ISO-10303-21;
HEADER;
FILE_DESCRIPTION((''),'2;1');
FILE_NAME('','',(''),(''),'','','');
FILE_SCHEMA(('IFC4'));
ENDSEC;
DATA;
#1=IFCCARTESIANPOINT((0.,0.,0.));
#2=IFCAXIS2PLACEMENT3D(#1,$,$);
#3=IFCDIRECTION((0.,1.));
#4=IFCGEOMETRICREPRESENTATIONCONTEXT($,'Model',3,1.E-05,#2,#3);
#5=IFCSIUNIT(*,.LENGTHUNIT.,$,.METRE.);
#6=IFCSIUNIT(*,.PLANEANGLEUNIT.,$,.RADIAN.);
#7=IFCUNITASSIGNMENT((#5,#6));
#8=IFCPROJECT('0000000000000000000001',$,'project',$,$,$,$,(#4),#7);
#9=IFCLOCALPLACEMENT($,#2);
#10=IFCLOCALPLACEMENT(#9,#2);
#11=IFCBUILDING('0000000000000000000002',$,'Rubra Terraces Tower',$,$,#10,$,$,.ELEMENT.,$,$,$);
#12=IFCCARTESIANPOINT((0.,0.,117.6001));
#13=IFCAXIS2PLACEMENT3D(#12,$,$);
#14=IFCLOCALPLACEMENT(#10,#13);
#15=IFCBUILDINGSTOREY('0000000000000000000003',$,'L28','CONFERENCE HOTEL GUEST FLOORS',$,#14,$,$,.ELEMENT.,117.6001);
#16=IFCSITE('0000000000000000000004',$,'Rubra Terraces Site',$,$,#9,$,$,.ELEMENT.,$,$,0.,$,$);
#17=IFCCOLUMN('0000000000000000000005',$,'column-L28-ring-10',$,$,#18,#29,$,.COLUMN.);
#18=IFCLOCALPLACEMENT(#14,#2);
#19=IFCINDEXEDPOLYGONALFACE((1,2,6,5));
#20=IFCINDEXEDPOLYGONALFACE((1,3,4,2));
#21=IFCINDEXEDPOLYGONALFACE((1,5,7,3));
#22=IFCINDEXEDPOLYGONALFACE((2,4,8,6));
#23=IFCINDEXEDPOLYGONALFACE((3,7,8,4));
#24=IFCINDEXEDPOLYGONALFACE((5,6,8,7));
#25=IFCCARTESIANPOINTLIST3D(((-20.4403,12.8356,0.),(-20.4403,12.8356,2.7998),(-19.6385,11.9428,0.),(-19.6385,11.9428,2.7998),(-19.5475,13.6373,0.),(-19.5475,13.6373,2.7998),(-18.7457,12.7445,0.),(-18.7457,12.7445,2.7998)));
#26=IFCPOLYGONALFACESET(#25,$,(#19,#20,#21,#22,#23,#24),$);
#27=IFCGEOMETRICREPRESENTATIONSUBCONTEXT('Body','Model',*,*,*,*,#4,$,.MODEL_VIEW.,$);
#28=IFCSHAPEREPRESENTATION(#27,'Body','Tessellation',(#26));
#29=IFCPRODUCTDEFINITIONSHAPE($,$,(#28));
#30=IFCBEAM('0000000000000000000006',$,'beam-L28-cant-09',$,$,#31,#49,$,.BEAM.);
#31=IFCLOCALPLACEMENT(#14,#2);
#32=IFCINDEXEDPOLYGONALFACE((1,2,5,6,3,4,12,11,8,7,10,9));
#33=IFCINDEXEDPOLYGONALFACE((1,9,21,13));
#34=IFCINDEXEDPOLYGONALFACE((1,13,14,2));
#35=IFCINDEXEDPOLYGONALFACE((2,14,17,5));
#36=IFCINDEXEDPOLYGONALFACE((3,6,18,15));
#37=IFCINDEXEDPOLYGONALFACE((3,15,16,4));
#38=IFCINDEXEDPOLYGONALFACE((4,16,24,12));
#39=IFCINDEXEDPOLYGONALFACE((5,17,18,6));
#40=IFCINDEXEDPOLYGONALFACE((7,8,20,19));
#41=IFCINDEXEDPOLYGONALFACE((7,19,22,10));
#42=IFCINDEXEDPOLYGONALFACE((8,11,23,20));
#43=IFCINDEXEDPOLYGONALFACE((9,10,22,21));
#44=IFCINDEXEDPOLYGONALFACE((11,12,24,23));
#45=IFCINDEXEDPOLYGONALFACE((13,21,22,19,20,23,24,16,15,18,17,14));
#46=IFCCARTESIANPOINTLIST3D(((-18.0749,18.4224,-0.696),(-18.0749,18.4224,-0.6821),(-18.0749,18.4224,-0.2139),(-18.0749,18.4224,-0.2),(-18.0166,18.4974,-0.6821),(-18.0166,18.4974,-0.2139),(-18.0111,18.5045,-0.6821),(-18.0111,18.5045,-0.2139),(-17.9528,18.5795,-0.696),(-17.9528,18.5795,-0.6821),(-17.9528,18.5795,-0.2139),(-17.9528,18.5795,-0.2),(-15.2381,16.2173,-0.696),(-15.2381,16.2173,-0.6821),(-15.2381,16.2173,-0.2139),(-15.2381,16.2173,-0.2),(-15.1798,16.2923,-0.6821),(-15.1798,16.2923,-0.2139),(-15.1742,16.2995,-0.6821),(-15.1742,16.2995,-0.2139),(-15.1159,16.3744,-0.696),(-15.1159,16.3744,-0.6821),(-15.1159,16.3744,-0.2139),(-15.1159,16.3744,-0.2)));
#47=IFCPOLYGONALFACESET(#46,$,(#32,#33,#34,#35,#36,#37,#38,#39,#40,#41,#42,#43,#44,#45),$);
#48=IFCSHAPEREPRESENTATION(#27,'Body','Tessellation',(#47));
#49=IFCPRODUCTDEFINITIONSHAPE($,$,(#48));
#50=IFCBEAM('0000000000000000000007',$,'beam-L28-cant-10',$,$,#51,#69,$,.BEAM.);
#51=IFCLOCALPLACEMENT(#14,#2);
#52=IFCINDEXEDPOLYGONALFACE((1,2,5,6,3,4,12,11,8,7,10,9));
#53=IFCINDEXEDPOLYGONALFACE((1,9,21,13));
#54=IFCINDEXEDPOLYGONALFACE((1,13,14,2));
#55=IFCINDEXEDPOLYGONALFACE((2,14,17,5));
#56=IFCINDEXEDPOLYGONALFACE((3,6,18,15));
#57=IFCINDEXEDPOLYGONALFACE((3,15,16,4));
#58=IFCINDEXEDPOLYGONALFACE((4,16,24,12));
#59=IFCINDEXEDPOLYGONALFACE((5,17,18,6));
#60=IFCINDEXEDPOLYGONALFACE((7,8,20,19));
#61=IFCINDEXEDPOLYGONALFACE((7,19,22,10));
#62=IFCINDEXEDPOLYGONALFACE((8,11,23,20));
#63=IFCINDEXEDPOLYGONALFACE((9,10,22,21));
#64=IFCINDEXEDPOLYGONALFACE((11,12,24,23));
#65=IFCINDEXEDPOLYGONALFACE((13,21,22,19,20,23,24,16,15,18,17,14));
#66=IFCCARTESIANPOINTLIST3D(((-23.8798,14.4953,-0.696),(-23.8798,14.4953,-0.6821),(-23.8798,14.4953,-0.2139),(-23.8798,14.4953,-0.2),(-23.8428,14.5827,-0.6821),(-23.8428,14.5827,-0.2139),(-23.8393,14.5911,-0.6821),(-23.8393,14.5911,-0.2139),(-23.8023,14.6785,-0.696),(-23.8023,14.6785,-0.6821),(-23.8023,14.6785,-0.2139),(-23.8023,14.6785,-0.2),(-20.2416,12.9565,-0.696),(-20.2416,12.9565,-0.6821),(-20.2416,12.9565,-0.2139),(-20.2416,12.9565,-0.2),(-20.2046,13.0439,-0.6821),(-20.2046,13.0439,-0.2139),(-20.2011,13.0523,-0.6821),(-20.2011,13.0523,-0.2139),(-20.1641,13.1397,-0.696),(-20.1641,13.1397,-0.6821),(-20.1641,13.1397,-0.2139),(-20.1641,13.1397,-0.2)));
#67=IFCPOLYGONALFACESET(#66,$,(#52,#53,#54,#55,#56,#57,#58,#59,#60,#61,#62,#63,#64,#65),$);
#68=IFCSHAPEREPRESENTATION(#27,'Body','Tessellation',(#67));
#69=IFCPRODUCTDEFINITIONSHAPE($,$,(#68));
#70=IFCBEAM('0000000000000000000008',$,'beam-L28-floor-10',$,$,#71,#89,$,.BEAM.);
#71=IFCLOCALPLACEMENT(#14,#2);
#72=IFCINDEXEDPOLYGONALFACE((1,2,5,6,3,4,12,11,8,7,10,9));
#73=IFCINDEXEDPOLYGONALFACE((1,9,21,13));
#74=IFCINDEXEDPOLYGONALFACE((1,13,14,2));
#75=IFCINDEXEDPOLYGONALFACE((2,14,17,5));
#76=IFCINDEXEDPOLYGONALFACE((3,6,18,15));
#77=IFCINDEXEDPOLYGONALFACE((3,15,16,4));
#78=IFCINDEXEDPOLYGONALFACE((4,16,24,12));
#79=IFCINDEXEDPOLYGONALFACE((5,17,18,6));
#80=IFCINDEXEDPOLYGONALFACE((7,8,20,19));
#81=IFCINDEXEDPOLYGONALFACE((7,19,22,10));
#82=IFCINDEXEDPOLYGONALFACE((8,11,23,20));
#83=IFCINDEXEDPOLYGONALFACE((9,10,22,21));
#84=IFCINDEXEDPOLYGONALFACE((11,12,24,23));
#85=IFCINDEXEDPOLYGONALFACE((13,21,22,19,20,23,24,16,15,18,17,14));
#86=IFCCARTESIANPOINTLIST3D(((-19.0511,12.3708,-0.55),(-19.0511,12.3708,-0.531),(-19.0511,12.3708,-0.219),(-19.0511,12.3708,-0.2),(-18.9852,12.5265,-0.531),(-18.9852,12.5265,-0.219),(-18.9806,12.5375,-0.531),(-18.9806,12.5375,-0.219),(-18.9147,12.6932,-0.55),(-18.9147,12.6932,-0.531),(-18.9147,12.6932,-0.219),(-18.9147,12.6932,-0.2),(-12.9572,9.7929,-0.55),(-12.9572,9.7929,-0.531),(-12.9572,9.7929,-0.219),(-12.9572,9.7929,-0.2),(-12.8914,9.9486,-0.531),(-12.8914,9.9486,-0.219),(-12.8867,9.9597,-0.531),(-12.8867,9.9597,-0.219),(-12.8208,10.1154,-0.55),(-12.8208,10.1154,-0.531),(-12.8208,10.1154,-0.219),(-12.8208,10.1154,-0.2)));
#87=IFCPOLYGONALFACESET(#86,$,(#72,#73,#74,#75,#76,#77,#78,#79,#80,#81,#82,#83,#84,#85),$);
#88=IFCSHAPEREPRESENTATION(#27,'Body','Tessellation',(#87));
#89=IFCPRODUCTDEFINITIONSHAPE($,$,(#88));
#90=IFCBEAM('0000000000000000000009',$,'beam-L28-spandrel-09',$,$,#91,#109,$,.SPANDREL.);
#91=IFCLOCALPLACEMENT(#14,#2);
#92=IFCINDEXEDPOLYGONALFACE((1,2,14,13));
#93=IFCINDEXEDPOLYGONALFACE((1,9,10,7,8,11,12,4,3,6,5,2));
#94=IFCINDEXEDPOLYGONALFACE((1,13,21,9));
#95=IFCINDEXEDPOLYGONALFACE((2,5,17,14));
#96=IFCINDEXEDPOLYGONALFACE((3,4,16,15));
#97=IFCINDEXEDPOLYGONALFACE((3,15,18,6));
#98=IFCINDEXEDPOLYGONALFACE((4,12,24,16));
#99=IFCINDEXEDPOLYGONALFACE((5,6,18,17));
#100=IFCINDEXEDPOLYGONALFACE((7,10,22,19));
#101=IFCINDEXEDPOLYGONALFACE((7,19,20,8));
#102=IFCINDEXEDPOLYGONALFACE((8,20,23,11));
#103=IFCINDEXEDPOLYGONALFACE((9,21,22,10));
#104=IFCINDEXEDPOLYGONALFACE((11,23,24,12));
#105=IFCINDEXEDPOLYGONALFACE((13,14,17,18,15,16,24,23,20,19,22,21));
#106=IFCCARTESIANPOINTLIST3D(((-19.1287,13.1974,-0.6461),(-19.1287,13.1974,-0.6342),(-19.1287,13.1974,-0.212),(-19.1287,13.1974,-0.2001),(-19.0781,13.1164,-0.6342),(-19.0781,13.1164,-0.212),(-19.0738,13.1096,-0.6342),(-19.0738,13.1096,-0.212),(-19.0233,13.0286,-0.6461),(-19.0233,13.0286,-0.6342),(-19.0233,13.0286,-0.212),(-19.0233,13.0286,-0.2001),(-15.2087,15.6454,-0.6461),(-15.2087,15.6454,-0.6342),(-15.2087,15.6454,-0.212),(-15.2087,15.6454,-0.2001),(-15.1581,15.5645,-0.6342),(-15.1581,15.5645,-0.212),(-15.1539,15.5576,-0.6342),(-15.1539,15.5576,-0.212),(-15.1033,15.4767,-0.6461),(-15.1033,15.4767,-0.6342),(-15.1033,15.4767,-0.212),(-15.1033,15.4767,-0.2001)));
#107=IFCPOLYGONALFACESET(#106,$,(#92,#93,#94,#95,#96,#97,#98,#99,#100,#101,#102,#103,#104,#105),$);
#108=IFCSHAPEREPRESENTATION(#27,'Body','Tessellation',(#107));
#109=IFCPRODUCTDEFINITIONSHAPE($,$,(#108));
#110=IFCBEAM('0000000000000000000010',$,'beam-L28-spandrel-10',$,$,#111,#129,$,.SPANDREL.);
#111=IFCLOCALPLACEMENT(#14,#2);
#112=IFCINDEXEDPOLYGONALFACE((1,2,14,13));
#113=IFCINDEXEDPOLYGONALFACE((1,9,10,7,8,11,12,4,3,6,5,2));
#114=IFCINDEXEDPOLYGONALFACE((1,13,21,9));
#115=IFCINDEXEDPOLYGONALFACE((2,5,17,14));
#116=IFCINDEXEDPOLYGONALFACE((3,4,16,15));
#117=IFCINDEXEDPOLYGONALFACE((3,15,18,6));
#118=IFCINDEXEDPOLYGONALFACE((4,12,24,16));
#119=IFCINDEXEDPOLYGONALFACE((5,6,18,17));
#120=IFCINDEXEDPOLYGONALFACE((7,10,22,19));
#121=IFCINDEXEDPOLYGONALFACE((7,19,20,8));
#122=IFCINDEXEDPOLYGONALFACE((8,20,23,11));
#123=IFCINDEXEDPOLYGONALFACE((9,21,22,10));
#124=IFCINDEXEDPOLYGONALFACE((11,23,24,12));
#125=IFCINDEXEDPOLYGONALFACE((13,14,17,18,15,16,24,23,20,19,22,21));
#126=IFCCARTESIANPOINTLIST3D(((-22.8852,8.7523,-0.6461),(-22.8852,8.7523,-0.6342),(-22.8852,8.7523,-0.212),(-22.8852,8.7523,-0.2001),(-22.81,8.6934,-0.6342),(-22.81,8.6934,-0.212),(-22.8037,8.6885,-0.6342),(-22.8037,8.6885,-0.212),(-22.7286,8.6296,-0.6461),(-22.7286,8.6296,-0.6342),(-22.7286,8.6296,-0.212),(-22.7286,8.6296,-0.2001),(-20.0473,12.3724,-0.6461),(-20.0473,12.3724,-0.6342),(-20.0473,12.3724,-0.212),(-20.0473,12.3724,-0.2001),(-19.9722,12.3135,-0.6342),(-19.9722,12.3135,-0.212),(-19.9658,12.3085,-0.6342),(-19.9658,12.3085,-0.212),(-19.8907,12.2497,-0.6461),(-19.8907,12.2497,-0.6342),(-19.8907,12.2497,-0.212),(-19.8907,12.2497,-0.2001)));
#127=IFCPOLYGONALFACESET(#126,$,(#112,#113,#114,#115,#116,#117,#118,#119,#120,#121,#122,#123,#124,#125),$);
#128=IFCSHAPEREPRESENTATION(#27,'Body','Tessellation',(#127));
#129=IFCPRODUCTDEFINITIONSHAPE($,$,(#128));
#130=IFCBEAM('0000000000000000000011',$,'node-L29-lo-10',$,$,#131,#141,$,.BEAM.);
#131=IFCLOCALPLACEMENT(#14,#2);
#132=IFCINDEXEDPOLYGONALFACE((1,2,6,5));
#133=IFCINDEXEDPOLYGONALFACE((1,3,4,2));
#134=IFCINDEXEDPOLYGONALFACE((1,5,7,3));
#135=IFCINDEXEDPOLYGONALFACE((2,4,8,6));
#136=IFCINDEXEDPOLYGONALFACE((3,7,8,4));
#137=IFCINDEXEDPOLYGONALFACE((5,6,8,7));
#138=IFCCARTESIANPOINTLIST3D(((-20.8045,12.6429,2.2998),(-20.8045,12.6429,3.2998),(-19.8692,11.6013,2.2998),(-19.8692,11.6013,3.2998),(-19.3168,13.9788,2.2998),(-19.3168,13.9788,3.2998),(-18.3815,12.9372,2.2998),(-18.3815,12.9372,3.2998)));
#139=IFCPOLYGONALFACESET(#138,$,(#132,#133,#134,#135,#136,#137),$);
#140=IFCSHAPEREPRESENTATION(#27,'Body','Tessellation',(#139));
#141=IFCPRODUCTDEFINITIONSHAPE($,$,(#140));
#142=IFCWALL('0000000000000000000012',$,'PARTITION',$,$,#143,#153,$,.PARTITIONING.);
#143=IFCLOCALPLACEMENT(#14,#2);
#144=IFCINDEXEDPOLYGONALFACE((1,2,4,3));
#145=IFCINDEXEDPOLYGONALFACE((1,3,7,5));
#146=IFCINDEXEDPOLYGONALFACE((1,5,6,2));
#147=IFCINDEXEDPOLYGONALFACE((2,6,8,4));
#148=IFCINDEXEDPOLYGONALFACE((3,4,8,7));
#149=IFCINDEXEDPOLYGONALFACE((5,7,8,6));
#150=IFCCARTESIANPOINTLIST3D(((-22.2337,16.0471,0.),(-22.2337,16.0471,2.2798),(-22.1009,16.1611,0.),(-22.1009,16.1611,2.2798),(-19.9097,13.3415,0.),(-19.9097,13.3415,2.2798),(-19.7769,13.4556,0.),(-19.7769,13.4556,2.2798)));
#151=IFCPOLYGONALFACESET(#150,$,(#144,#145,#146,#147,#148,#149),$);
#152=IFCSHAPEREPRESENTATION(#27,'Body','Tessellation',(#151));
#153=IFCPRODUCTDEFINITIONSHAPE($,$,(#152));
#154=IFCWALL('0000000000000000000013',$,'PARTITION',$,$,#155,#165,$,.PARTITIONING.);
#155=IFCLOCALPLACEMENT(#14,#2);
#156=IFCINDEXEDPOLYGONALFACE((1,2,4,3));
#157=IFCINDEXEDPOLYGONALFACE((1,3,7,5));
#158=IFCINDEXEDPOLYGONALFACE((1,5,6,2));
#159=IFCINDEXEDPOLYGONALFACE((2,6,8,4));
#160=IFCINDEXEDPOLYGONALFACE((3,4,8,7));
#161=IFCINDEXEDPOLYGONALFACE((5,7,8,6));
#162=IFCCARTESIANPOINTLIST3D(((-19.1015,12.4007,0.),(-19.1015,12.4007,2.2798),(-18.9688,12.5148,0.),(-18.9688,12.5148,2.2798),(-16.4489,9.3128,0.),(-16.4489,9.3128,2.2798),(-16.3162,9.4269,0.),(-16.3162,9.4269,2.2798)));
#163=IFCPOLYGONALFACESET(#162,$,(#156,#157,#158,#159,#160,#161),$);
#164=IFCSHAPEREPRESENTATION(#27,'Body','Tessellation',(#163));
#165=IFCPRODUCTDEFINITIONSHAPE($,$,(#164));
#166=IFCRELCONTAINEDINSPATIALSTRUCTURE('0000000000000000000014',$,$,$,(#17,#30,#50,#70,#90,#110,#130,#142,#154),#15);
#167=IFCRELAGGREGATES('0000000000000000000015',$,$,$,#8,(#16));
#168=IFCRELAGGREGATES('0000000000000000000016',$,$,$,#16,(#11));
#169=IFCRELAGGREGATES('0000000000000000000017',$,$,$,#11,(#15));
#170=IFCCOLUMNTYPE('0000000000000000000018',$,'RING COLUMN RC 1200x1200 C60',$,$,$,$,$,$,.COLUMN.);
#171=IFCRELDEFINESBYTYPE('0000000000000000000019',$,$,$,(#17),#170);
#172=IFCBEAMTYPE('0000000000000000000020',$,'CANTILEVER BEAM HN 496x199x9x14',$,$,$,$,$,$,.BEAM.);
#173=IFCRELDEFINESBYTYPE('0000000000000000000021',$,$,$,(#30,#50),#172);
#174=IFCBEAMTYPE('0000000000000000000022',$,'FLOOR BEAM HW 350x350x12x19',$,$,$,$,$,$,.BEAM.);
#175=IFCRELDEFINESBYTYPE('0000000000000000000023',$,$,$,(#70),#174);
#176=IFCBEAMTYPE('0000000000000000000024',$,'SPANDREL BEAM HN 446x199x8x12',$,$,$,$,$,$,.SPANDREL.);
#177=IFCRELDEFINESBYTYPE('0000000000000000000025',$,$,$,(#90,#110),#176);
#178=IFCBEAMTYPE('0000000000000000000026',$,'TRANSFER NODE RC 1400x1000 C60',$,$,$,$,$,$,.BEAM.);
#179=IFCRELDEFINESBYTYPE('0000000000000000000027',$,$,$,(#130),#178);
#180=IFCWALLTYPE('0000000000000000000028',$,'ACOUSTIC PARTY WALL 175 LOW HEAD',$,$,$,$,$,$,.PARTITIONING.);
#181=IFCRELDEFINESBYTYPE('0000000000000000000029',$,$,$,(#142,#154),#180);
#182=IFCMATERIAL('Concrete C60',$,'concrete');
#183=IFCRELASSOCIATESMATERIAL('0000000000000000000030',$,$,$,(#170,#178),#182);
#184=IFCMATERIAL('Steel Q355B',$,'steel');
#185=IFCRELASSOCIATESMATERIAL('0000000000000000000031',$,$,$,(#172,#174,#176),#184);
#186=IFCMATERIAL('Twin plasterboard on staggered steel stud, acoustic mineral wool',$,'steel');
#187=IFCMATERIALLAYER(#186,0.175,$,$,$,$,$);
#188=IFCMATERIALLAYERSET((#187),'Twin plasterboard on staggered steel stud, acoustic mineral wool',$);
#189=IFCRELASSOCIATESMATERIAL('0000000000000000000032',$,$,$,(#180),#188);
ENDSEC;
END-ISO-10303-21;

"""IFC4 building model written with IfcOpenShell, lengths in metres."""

from ifc_helpers import new_model, si_unit, direction, frame, frame_2d, origin, origin_2d, place, context, subcontext, project, spatial, rectangle, i_section, extrude, material, layer, layer_set, material_profile, profile_set, type_object, element, save


model = new_model("IFC4")

# Units and contexts
model_context = context("Model", 3, precision=1e-05, world=origin(), true_north=direction((0.0, 1.0)))
body_context = subcontext(model_context, "Body", "Model", "MODEL_VIEW")
ifc_project = project(units=[si_unit("LENGTHUNIT", "METRE"), si_unit("PLANEANGLEUNIT", "RADIAN")], contexts=[model_context])

# Site, building, storey
site_placement = place(None, origin())
site = spatial("IfcSite", under=ifc_project, at=site_placement, Name="Rubra Terraces Site", CompositionType="ELEMENT", RefElevation=0.0)
building_placement = place(site_placement, origin())
building = spatial("IfcBuilding", under=site, at=building_placement, Name="Rubra Terraces Tower", CompositionType="ELEMENT")
storey_placement = place(building_placement, frame((0.0, 0.0, 117.6001)))
storey = spatial("IfcBuildingStorey", under=building, at=storey_placement, Name="L28", Description="CONFERENCE HOTEL GUEST FLOORS", CompositionType="ELEMENT", Elevation=117.6001)

# Column
ifc_material_1 = material(Name="Concrete C60", Category="concrete")
ifc_material_profile_1 = material_profile(ifc_material_1, rectangle(XDim=1.2, YDim=1.2, at=origin_2d()), Name="RC 1200x1200")
ifc_profile_set_1 = profile_set([ifc_material_profile_1], Name="Concrete C60")
column_type = type_object("IfcColumnType", Name="RING COLUMN RC 1200x1200 C60", PredefinedType="COLUMN", material=ifc_profile_set_1)
column_placement = place(storey_placement, frame((-19.593, 12.79, 0.0), z_axis=(0.0, 0.0, 1.0), x_axis=(-0.744021, -0.668156, 0.0)))
element("IfcColumn", 1, at=column_placement, inside=storey, type_object=column_type, Name="column-L28-ring-10", PredefinedType="COLUMN", context=body_context, shape_type="SweptSolid", body=[
    extrude(rectangle(XDim=1.2, YDim=1.2, at=origin_2d()), origin(), (0.0, 0.0, 1.0), 2.7998),
])

# Beams
ifc_material_2 = material(Name="Steel Q355B", Category="steel")
ifc_material_profile_2 = material_profile(ifc_material_2, i_section(OverallWidth=0.199, OverallDepth=0.4961, WebThickness=0.009, FlangeThickness=0.0139, at=origin_2d()), Name="HN 496x199x9x14")
ifc_profile_set_2 = profile_set([ifc_material_profile_2], Name="Steel Q355B")
beam_type_1 = type_object("IfcBeamType", Name="CANTILEVER BEAM HN 496x199x9x14", PredefinedType="BEAM", material=ifc_profile_set_2)
beam_1_placement = place(storey_placement, frame((-15.177, 16.2959, -0.448), z_axis=(-0.789542, 0.613696, 0.0), x_axis=(-0.613696, -0.789542, 0.0)))
element("IfcBeam", 2, at=beam_1_placement, inside=storey, type_object=beam_type_1, Name="beam-L28-cant-09", PredefinedType="BEAM", context=body_context, shape_type="SweptSolid", body=[
    extrude(i_section(OverallWidth=0.199, OverallDepth=0.4961, WebThickness=0.009, FlangeThickness=0.0139, at=origin_2d()), origin(), (0.0, 0.0, 1.0), 3.593),
])
beam_2_placement = place(storey_placement, frame((-20.2029, 13.0481, -0.448), z_axis=(-0.921005, 0.389551, 0.0), x_axis=(-0.389551, -0.921005, 0.0)))
element("IfcBeam", 3, at=beam_2_placement, inside=storey, type_object=beam_type_1, Name="beam-L28-cant-10", PredefinedType="BEAM", context=body_context, shape_type="SweptSolid", body=[
    extrude(i_section(OverallWidth=0.199, OverallDepth=0.4961, WebThickness=0.009, FlangeThickness=0.0139, at=origin_2d()), origin(), (0.0, 0.0, 1.0), 3.9502),
])
ifc_material_profile_3 = material_profile(ifc_material_2, i_section(OverallWidth=0.3501, OverallDepth=0.3501, WebThickness=0.012, FlangeThickness=0.019, at=origin_2d()), Name="HW 350x350x12x19")
ifc_profile_set_3 = profile_set([ifc_material_profile_3], Name="Steel Q355B")
beam_type_2 = type_object("IfcBeamType", Name="FLOOR BEAM HW 350x350x12x19", PredefinedType="BEAM", material=ifc_profile_set_3)
beam_3_placement = place(storey_placement, frame((-18.9829, 12.532, -0.375), z_axis=(0.920986, -0.389595, 0.0), x_axis=(0.389595, 0.920986, 0.0)))
element("IfcBeam", 4, at=beam_3_placement, inside=storey, type_object=beam_type_2, Name="beam-L28-floor-10", PredefinedType="BEAM", context=body_context, shape_type="SweptSolid", body=[
    extrude(i_section(OverallWidth=0.3501, OverallDepth=0.3501, WebThickness=0.012, FlangeThickness=0.019, at=origin_2d()), origin(), (0.0, 0.0, 1.0), 6.6167),
])
ifc_material_profile_4 = material_profile(ifc_material_2, i_section(OverallWidth=0.199, OverallDepth=0.446, WebThickness=0.0081, FlangeThickness=0.012, at=origin_2d()), Name="HN 446x199x8x12")
ifc_profile_set_4 = profile_set([ifc_material_profile_4], Name="Steel Q355B")
beam_type_3 = type_object("IfcBeamType", Name="SPANDREL BEAM HN 446x199x8x12", PredefinedType="SPANDREL", material=ifc_profile_set_4)
beam_4_placement = place(storey_placement, frame((-15.156, 15.561, -0.4231), z_axis=(-0.848188, -0.529695, 0.0), x_axis=(0.529695, -0.848188, 0.0)))
element("IfcBeam", 5, at=beam_4_placement, inside=storey, type_object=beam_type_3, Name="beam-L28-spandrel-09", PredefinedType="SPANDREL", context=body_context, shape_type="SweptSolid", body=[
    extrude(i_section(OverallWidth=0.199, OverallDepth=0.446, WebThickness=0.0081, FlangeThickness=0.012, at=origin_2d()), origin(), (0.0, 0.0, 1.0), 4.6216),
])
beam_5_placement = place(storey_placement, frame((-19.969, 12.311, -0.4231), z_axis=(-0.616949, -0.787003, 0.0), x_axis=(0.787003, -0.616949, 0.0)))
element("IfcBeam", 6, at=beam_5_placement, inside=storey, type_object=beam_type_3, Name="beam-L28-spandrel-10", PredefinedType="SPANDREL", context=body_context, shape_type="SweptSolid", body=[
    extrude(i_section(OverallWidth=0.199, OverallDepth=0.446, WebThickness=0.0081, FlangeThickness=0.012, at=origin_2d()), origin(), (0.0, 0.0, 1.0), 4.5999),
])
ifc_material_profile_5 = material_profile(ifc_material_1, rectangle(XDim=1.3999, YDim=1.0, at=origin_2d()), Name="RC 1400x1000")
ifc_profile_set_5 = profile_set([ifc_material_profile_5], Name="Concrete C60")
beam_type_4 = type_object("IfcBeamType", Name="TRANSFER NODE RC 1400x1000 C60", PredefinedType="BEAM", material=ifc_profile_set_5)
beam_6_placement = place(storey_placement, frame((-18.8491, 13.458, 2.7998), z_axis=(-0.744059, -0.668114, 0.0), x_axis=(0.668114, -0.744059, 0.0)))
element("IfcBeam", 7, at=beam_6_placement, inside=storey, type_object=beam_type_4, Name="node-L29-lo-10", PredefinedType="BEAM", context=body_context, shape_type="SweptSolid", body=[
    extrude(rectangle(XDim=1.3999, YDim=1.0, at=origin_2d()), origin(), (0.0, 0.0, 1.0), 1.9995),
])

# Walls
ifc_material_3 = material(Name="Twin plasterboard on staggered steel stud, acoustic mineral wool", Category="steel")
ifc_layer_1 = layer(ifc_material_3, 0.175)
ifc_layer_set_1 = layer_set([ifc_layer_1], Name="Twin plasterboard on staggered steel stud, acoustic mineral wool")
wall_type_1 = type_object("IfcWallType", Name="ACOUSTIC PARTY WALL 175 LOW HEAD", PredefinedType="PARTITIONING", material=ifc_layer_set_1)
wall_1_placement = place(storey_placement, frame((-22.1672, 16.104, 0.0), z_axis=(0.0, 0.0, 1.0), x_axis=(0.651586, -0.758575, 0.0)))
element("IfcWall", 8, at=wall_1_placement, inside=storey, type_object=wall_type_1, Name="PARTITION", PredefinedType="PARTITIONING", context=body_context, shape_type="SweptSolid", body=[
    extrude(rectangle(XDim=3.5667, YDim=0.175, at=frame_2d((1.7832, 0.0))), origin(), (0.0, 0.0, 1.0), 2.2798),
])
wall_2_placement = place(storey_placement, frame((-19.0352, 12.4578, 0.0), z_axis=(0.0, 0.0, 1.0), x_axis=(0.651616, -0.758549, 0.0)))
element("IfcWall", 9, at=wall_2_placement, inside=storey, type_object=wall_type_1, Name="PARTITION", PredefinedType="PARTITIONING", context=body_context, shape_type="SweptSolid", body=[
    extrude(rectangle(XDim=4.0708, YDim=0.175, at=frame_2d((2.0354, 0.0))), origin(), (0.0, 0.0, 1.0), 2.2798),
])

save(model, "model.ifc")
